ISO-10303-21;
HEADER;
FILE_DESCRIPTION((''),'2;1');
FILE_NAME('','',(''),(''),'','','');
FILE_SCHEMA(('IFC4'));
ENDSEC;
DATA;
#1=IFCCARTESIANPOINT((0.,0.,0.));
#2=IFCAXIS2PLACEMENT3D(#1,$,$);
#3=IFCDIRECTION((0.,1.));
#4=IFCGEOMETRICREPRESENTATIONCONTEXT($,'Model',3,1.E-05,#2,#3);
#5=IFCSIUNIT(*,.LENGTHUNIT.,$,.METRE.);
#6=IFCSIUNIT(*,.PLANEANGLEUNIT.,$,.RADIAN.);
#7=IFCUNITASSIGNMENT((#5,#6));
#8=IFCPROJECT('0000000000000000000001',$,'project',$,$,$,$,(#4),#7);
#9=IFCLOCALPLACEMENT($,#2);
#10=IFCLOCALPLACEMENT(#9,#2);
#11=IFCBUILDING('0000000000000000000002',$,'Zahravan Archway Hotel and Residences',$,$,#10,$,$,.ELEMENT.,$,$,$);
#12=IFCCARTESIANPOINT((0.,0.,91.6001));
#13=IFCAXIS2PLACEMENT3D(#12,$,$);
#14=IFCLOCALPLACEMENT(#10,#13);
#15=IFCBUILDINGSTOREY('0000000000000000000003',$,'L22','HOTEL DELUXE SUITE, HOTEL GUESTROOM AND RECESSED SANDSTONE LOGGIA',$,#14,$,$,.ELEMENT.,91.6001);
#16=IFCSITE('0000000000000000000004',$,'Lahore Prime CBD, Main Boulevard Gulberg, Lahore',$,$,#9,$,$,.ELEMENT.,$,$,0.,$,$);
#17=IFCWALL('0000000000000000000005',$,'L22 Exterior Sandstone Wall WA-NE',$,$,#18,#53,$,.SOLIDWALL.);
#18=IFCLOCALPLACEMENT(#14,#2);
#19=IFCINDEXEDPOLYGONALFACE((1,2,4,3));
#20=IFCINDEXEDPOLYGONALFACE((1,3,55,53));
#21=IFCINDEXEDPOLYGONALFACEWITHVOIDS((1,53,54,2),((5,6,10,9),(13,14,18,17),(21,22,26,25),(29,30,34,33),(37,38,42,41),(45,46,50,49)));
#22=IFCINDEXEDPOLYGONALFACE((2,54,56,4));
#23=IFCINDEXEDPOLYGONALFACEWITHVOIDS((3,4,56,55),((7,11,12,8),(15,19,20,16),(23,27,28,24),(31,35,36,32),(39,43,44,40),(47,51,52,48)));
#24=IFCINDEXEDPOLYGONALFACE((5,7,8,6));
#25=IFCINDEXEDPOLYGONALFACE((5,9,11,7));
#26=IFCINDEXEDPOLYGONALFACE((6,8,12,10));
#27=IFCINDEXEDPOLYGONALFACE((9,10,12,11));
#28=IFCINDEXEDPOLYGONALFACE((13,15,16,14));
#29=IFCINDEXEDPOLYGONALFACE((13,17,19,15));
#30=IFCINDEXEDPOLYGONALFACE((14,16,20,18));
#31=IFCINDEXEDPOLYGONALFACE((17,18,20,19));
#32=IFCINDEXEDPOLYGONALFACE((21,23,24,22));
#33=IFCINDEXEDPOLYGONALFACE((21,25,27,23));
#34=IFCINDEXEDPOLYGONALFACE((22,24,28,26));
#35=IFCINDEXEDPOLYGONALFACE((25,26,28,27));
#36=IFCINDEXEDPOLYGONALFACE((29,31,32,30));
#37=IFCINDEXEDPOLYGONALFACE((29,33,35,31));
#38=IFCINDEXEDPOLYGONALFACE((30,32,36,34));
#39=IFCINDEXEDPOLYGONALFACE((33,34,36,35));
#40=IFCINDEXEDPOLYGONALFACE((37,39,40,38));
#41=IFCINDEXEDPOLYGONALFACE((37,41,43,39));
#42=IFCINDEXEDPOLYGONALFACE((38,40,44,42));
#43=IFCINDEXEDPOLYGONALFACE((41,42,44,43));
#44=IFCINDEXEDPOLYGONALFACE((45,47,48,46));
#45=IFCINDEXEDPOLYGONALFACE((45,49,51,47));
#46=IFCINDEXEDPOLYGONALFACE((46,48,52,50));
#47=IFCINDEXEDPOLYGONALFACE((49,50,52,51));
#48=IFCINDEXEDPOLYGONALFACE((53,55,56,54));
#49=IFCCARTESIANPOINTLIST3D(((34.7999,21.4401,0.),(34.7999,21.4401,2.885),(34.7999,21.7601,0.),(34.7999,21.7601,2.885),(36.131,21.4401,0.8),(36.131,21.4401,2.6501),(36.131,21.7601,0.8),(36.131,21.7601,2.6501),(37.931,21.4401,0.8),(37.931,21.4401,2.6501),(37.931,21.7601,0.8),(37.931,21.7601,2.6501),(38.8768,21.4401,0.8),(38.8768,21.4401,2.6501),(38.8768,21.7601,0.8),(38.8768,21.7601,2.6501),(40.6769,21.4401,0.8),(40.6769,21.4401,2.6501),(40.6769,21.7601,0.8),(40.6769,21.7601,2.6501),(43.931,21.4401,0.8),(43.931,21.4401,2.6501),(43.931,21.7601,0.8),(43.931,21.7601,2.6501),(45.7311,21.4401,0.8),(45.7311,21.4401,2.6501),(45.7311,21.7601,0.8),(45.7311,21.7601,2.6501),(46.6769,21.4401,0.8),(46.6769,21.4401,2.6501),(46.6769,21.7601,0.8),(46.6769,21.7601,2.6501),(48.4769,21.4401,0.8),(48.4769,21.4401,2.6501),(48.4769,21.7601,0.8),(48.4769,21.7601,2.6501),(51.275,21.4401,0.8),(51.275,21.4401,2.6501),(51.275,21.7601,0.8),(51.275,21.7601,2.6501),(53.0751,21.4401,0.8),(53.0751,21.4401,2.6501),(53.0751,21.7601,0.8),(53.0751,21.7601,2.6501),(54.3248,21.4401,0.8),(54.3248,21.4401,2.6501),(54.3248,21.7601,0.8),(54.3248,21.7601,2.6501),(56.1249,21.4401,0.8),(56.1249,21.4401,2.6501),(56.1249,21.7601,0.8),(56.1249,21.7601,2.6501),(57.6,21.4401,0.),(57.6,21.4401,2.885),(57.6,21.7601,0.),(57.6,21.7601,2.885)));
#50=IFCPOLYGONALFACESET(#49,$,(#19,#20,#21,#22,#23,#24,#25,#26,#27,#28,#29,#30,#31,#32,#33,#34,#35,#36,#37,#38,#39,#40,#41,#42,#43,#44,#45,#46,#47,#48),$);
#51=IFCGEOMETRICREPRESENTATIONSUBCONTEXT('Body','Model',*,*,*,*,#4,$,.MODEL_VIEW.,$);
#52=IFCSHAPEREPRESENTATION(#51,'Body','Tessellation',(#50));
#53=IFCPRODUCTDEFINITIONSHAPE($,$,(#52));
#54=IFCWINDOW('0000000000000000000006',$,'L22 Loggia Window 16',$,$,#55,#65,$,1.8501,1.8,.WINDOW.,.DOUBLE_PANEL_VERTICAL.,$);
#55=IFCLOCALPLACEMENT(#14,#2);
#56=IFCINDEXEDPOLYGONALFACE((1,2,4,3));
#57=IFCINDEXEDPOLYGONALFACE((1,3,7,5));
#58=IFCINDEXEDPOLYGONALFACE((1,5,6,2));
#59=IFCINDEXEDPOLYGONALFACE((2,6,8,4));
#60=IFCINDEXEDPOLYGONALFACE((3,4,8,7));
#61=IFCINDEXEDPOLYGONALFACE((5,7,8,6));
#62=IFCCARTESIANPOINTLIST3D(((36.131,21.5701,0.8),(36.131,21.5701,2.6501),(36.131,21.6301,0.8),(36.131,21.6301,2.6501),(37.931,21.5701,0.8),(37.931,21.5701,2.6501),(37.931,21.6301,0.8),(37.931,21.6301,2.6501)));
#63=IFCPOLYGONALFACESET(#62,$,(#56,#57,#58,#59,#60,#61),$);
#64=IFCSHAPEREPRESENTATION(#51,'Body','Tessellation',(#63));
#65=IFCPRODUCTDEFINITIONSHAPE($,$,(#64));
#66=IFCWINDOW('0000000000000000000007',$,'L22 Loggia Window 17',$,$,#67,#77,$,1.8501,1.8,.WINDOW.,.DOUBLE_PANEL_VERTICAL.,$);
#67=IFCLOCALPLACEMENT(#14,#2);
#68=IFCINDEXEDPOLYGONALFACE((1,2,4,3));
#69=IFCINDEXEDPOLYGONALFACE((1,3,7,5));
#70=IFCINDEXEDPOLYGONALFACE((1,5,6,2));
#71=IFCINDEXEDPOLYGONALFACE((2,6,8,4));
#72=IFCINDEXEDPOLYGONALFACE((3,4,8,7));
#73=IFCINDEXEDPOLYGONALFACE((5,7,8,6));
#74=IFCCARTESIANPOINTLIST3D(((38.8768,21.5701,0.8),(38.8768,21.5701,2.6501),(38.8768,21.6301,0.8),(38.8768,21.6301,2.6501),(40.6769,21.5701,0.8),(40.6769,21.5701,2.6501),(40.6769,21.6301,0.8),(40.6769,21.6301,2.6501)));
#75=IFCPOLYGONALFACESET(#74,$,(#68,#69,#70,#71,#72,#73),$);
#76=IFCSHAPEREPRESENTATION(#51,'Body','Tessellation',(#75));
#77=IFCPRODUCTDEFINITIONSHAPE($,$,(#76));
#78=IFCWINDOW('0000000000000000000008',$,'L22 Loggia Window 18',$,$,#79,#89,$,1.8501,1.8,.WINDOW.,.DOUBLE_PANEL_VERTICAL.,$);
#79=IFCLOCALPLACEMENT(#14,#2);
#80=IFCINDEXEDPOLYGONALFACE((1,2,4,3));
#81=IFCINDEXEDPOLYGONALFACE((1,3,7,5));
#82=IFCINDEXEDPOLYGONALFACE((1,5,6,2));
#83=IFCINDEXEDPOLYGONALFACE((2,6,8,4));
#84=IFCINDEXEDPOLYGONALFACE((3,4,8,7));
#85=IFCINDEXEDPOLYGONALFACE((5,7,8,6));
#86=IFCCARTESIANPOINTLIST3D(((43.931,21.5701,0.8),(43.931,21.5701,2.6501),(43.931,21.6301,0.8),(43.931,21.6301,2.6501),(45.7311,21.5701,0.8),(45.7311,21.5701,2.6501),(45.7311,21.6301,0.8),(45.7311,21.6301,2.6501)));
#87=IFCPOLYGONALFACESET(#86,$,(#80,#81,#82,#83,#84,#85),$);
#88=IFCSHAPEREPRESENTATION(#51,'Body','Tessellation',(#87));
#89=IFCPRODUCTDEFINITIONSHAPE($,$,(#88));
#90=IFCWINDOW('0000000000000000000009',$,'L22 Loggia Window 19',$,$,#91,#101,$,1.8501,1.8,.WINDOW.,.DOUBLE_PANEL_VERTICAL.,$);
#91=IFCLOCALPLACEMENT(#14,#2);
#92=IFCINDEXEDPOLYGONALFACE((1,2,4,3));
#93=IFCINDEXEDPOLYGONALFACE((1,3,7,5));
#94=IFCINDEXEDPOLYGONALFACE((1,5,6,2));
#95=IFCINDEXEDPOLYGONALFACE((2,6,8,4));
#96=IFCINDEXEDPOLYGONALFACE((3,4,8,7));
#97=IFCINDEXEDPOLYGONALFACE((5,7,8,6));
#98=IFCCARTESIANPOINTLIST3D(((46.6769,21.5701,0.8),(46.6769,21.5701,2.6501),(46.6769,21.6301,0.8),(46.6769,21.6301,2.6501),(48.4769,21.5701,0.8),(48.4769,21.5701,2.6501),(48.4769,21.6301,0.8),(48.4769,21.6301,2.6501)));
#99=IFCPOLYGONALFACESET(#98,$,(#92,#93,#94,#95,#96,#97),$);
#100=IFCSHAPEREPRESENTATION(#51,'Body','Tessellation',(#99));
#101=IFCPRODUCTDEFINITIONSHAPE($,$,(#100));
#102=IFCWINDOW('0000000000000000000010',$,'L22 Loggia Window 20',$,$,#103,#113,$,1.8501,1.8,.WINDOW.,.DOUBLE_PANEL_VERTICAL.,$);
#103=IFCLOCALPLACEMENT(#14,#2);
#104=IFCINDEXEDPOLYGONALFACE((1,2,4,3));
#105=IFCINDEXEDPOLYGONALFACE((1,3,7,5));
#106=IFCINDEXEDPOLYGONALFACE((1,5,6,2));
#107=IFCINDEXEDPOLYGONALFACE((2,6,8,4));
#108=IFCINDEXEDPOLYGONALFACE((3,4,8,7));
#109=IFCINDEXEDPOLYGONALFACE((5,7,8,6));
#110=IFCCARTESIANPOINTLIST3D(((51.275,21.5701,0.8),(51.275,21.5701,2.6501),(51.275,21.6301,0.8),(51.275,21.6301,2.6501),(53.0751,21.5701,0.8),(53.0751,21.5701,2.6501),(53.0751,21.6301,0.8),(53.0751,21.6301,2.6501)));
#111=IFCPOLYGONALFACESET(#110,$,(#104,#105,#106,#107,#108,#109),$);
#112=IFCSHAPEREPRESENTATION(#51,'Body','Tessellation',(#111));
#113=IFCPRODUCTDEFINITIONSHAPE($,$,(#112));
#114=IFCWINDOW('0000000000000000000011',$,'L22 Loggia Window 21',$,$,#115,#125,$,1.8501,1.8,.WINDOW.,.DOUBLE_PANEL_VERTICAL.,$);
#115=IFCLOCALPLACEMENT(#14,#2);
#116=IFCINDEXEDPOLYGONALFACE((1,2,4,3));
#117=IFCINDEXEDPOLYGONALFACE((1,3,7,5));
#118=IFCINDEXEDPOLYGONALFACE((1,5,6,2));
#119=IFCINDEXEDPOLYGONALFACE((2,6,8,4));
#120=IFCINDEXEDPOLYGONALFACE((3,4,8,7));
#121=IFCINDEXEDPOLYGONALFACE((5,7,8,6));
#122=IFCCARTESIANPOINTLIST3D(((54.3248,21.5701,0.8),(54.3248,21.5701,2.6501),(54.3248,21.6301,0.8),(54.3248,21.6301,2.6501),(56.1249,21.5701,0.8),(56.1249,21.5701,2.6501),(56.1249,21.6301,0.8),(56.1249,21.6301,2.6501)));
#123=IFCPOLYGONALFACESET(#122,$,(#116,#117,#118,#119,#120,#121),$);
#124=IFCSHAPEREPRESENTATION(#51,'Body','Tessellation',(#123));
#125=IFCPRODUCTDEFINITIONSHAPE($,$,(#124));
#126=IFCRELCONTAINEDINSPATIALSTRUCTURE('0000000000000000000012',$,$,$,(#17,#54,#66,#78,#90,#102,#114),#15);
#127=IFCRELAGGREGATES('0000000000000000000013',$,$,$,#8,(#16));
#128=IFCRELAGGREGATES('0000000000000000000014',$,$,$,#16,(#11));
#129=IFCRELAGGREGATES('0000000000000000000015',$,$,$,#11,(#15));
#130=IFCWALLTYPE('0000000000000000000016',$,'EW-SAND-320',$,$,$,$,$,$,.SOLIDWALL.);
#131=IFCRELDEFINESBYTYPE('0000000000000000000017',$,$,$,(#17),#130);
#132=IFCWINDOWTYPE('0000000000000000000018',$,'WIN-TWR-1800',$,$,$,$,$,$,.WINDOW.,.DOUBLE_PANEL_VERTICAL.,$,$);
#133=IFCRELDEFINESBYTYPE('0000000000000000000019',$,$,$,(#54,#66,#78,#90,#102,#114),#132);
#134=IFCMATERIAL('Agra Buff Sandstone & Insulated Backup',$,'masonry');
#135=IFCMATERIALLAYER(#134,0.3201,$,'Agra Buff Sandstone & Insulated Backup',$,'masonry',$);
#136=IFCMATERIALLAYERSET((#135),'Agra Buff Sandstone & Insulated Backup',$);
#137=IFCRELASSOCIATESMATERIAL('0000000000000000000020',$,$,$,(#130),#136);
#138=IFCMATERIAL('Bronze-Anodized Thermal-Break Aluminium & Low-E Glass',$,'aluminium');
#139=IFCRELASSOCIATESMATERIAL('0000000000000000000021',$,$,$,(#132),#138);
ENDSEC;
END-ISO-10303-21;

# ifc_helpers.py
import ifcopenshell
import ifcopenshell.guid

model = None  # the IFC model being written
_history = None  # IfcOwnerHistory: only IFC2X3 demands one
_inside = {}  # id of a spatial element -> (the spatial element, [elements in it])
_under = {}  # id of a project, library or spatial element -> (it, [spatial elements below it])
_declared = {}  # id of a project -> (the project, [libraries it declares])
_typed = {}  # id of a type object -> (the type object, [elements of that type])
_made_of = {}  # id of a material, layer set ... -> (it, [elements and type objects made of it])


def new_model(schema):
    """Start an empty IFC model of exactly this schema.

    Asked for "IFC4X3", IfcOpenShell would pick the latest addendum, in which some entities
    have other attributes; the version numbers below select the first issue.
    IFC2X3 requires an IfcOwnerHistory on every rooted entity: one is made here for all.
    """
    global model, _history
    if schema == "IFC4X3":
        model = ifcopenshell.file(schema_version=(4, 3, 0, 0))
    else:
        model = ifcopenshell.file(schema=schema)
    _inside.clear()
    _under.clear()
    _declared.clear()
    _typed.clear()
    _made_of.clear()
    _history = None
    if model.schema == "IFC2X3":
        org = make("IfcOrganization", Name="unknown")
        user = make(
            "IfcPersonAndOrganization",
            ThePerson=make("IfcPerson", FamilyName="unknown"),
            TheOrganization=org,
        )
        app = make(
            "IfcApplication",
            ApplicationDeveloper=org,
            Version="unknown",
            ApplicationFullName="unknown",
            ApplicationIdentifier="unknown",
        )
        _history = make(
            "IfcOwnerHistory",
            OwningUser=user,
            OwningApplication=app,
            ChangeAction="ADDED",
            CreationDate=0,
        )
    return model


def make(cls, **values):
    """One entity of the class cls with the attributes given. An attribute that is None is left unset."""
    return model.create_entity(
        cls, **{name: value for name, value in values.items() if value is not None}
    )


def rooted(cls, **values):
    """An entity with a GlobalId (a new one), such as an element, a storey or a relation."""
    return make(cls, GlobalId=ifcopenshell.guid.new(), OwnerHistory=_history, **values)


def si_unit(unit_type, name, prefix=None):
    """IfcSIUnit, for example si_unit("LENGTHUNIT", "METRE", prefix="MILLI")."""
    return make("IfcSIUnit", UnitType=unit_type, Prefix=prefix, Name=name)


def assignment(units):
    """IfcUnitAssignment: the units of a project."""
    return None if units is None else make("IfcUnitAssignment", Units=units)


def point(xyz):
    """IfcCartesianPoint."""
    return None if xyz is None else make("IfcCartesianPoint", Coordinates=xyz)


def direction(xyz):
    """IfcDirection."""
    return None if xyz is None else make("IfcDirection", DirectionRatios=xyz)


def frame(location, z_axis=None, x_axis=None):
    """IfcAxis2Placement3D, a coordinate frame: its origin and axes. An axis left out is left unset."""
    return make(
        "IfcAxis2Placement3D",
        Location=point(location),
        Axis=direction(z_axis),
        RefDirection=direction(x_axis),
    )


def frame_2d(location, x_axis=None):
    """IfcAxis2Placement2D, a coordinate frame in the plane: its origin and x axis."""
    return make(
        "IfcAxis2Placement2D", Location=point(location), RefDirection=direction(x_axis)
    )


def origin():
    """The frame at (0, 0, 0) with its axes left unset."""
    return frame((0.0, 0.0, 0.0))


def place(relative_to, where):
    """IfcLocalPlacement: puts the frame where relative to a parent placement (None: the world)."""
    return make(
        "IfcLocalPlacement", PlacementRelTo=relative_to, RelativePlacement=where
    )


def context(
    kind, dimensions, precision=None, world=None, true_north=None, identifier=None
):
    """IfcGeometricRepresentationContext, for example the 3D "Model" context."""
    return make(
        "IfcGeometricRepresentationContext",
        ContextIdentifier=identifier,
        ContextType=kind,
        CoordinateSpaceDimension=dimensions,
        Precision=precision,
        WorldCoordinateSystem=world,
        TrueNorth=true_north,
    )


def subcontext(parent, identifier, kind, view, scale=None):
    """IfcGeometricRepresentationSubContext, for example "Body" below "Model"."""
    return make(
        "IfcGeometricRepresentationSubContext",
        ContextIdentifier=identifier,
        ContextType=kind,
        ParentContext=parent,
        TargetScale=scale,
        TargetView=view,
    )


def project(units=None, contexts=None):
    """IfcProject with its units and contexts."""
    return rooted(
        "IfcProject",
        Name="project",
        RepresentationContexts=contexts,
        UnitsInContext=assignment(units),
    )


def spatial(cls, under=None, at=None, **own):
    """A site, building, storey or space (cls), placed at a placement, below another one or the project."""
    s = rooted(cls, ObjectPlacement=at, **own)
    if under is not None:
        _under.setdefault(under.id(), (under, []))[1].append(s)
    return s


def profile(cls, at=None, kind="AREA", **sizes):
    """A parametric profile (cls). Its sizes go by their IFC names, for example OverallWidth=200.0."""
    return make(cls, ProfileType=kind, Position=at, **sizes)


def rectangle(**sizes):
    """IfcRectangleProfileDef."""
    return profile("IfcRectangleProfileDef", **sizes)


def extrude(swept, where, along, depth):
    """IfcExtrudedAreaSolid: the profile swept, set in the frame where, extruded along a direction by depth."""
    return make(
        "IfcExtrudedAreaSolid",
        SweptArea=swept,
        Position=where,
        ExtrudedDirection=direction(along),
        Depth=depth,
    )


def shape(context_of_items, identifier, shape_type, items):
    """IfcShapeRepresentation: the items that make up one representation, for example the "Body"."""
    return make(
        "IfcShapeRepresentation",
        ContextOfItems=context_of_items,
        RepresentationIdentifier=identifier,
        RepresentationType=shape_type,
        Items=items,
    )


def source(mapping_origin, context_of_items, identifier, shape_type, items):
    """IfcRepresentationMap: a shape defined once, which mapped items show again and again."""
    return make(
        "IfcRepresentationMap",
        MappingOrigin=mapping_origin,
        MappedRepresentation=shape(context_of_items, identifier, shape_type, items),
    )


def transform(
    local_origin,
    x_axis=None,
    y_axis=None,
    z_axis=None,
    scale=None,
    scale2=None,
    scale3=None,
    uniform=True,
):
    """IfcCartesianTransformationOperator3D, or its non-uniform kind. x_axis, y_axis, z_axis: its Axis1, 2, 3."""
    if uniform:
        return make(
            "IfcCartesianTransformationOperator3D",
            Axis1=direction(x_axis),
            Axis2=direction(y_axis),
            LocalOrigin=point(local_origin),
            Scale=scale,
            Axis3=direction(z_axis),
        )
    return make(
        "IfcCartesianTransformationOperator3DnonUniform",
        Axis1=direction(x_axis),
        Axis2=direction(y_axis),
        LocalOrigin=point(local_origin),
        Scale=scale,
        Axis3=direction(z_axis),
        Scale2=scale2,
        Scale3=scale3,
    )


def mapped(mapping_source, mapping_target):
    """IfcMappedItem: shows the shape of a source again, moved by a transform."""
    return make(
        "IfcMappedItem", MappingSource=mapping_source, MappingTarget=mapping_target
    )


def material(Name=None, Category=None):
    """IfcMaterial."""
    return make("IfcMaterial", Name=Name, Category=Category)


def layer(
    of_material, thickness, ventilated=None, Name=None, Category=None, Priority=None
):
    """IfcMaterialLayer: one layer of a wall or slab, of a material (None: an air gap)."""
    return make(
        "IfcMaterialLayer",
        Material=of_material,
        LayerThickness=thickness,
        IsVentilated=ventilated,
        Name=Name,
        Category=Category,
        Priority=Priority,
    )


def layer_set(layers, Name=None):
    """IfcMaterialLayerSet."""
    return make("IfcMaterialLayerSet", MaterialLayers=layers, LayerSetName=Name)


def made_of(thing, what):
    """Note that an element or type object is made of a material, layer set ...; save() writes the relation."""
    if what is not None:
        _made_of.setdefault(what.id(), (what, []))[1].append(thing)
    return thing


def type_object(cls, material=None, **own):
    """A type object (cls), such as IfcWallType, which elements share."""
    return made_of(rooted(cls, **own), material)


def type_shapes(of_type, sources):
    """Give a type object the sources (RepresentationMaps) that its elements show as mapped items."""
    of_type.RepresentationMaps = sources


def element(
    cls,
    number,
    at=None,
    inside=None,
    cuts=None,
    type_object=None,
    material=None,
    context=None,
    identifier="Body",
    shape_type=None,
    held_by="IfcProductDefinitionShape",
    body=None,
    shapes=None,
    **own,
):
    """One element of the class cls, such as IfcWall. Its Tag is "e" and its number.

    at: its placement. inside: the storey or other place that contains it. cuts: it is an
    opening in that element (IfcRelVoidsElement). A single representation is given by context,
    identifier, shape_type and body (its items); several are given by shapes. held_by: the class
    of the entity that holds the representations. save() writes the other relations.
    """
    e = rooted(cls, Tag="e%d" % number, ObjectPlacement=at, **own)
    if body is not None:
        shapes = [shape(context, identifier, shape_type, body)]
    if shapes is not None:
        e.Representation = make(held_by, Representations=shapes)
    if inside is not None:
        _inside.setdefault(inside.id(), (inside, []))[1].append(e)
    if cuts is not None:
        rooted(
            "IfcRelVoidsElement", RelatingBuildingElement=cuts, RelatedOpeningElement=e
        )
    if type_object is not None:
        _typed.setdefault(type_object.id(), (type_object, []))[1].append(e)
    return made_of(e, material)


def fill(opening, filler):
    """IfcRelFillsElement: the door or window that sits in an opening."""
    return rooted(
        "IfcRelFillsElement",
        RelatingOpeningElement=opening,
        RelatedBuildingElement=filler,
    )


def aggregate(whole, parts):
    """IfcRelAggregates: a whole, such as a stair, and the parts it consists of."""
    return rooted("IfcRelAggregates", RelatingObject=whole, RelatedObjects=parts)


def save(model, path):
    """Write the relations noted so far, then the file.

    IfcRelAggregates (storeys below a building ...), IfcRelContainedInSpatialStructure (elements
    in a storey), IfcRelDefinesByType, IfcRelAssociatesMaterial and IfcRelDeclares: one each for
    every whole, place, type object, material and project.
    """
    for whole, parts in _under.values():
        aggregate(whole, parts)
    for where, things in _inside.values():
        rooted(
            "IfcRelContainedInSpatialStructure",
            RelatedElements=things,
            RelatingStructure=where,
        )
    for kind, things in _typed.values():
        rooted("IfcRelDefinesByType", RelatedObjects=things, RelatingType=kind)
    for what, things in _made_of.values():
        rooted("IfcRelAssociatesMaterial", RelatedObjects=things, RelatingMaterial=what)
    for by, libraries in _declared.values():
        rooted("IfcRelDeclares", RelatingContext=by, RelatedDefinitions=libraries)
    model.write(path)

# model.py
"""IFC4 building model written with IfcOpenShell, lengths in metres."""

from ifc_helpers import new_model, si_unit, direction, frame, frame_2d, origin, place, context, subcontext, project, spatial, rectangle, extrude, source, transform, mapped, material, layer, layer_set, type_object, type_shapes, element, fill, save


model = new_model("IFC4")

# Units and contexts
model_context = context("Model", 3, precision=1e-05, world=origin(), true_north=direction((0.0, 1.0)))
body_context = subcontext(model_context, "Body", "Model", "MODEL_VIEW")
ifc_project = project(units=[si_unit("LENGTHUNIT", "METRE"), si_unit("PLANEANGLEUNIT", "RADIAN")], contexts=[model_context])

# Site, building, storey
site_placement = place(None, origin())
site = spatial("IfcSite", under=ifc_project, at=site_placement, Name="Lahore Prime CBD, Main Boulevard Gulberg, Lahore", CompositionType="ELEMENT", RefElevation=0.0)
building_placement = place(site_placement, origin())
building = spatial("IfcBuilding", under=site, at=building_placement, Name="Zahravan Archway Hotel and Residences", CompositionType="ELEMENT")
storey_placement = place(building_placement, frame((0.0, 0.0, 91.6001)))
storey = spatial("IfcBuildingStorey", under=building, at=storey_placement, Name="L22", Description="HOTEL DELUXE SUITE, HOTEL GUESTROOM AND RECESSED SANDSTONE LOGGIA", CompositionType="ELEMENT", Elevation=91.6001)

# Wall, openings, windows
ifc_material_1 = material(Name="Agra Buff Sandstone & Insulated Backup", Category="masonry")
ifc_layer_1 = layer(ifc_material_1, 0.3201, Name="Agra Buff Sandstone & Insulated Backup", Category="masonry")
ifc_layer_set_1 = layer_set([ifc_layer_1], Name="Agra Buff Sandstone & Insulated Backup")
wall_type = type_object("IfcWallType", Name="EW-SAND-320", PredefinedType="SOLIDWALL", material=ifc_layer_set_1)
wall_placement = place(storey_placement, frame((34.8, 21.6001, 0.0), z_axis=(0.0, 0.0, 1.0), x_axis=(1.0, 0.0, 0.0)))
wall = element("IfcWall", 1, at=wall_placement, inside=storey, type_object=wall_type, Name="L22 Exterior Sandstone Wall WA-NE", PredefinedType="SOLIDWALL", context=body_context, shape_type="SweptSolid", body=[
    extrude(rectangle(XDim=22.8, YDim=0.3201, at=frame_2d((11.3999, 0.0))), origin(), (0.0, 0.0, 1.0), 2.885),
])
opening_1_placement = place(wall_placement, frame((1.3311, 0.0, 0.8)))
opening_1 = element("IfcOpeningElement", 2, at=opening_1_placement, cuts=wall, PredefinedType="OPENING", context=body_context, shape_type="SweptSolid", body=[
    extrude(rectangle(XDim=1.8, YDim=1.8501, at=frame_2d((0.8999, 0.925))), frame((0.0, 0.1699, 0.0), z_axis=(0.0, -1.0, 0.0), x_axis=(1.0, 0.0, 0.0)), (0.0, 0.0, 1.0), 0.3401),
])
opening_2_placement = place(wall_placement, frame((4.0769, 0.0, 0.8)))
opening_2 = element("IfcOpeningElement", 3, at=opening_2_placement, cuts=wall, PredefinedType="OPENING", context=body_context, shape_type="SweptSolid", body=[
    extrude(rectangle(XDim=1.8, YDim=1.8501, at=frame_2d((0.8999, 0.925))), frame((0.0, 0.1699, 0.0), z_axis=(0.0, -1.0, 0.0), x_axis=(1.0, 0.0, 0.0)), (0.0, 0.0, 1.0), 0.3401),
])
opening_3_placement = place(wall_placement, frame((9.1311, 0.0, 0.8)))
opening_3 = element("IfcOpeningElement", 4, at=opening_3_placement, cuts=wall, PredefinedType="OPENING", context=body_context, shape_type="SweptSolid", body=[
    extrude(rectangle(XDim=1.8, YDim=1.8501, at=frame_2d((0.8999, 0.925))), frame((0.0, 0.1699, 0.0), z_axis=(0.0, -1.0, 0.0), x_axis=(1.0, 0.0, 0.0)), (0.0, 0.0, 1.0), 0.3401),
])
opening_4_placement = place(wall_placement, frame((11.877, 0.0, 0.8)))
opening_4 = element("IfcOpeningElement", 5, at=opening_4_placement, cuts=wall, PredefinedType="OPENING", context=body_context, shape_type="SweptSolid", body=[
    extrude(rectangle(XDim=1.8, YDim=1.8501, at=frame_2d((0.8999, 0.925))), frame((0.0, 0.1699, 0.0), z_axis=(0.0, -1.0, 0.0), x_axis=(1.0, 0.0, 0.0)), (0.0, 0.0, 1.0), 0.3401),
])
opening_5_placement = place(wall_placement, frame((16.4751, 0.0, 0.8)))
opening_5 = element("IfcOpeningElement", 6, at=opening_5_placement, cuts=wall, PredefinedType="OPENING", context=body_context, shape_type="SweptSolid", body=[
    extrude(rectangle(XDim=1.8, YDim=1.8501, at=frame_2d((0.8999, 0.925))), frame((0.0, 0.1699, 0.0), z_axis=(0.0, -1.0, 0.0), x_axis=(1.0, 0.0, 0.0)), (0.0, 0.0, 1.0), 0.3401),
])
opening_6_placement = place(wall_placement, frame((19.5249, 0.0, 0.8)))
opening_6 = element("IfcOpeningElement", 7, at=opening_6_placement, cuts=wall, PredefinedType="OPENING", context=body_context, shape_type="SweptSolid", body=[
    extrude(rectangle(XDim=1.8, YDim=1.8501, at=frame_2d((0.8999, 0.925))), frame((0.0, 0.1699, 0.0), z_axis=(0.0, -1.0, 0.0), x_axis=(1.0, 0.0, 0.0)), (0.0, 0.0, 1.0), 0.3401),
])
ifc_material_2 = material(Name="Bronze-Anodized Thermal-Break Aluminium & Low-E Glass", Category="aluminium")
window_type = type_object("IfcWindowType", Name="WIN-TWR-1800", PartitioningType="DOUBLE_PANEL_VERTICAL", PredefinedType="WINDOW", material=ifc_material_2)
shared_shape_1 = source(origin(), body_context, "Body", "SweptSolid", [
    extrude(rectangle(XDim=1.8, YDim=1.8501, at=frame_2d((0.8999, 0.925))), frame((0.0, 0.03, 0.0), z_axis=(0.0, -1.0, 0.0), x_axis=(1.0, 0.0, 0.0)), (0.0, 0.0, 1.0), 0.0601),
])
type_shapes(window_type, [shared_shape_1])
window_1_placement = place(opening_1_placement, origin())
window_1 = element("IfcWindow", 8, at=window_1_placement, inside=storey, type_object=window_type, Name="L22 Loggia Window 16", OverallHeight=1.8501, OverallWidth=1.8, PartitioningType="DOUBLE_PANEL_VERTICAL", PredefinedType="WINDOW", context=body_context, shape_type="MappedRepresentation", body=[
    mapped(shared_shape_1, transform((0.0, 0.0, 0.0), scale=1.0)),
])
fill(opening_1, window_1)
window_2_placement = place(opening_2_placement, origin())
window_2 = element("IfcWindow", 9, at=window_2_placement, inside=storey, type_object=window_type, Name="L22 Loggia Window 17", OverallHeight=1.8501, OverallWidth=1.8, PartitioningType="DOUBLE_PANEL_VERTICAL", PredefinedType="WINDOW", context=body_context, shape_type="MappedRepresentation", body=[
    mapped(shared_shape_1, transform((0.0, 0.0, 0.0), scale=1.0)),
])
fill(opening_2, window_2)
window_3_placement = place(opening_3_placement, origin())
window_3 = element("IfcWindow", 10, at=window_3_placement, inside=storey, type_object=window_type, Name="L22 Loggia Window 18", OverallHeight=1.8501, OverallWidth=1.8, PartitioningType="DOUBLE_PANEL_VERTICAL", PredefinedType="WINDOW", context=body_context, shape_type="MappedRepresentation", body=[
    mapped(shared_shape_1, transform((0.0, 0.0, 0.0), scale=1.0)),
])
fill(opening_3, window_3)
window_4_placement = place(opening_4_placement, origin())
window_4 = element("IfcWindow", 11, at=window_4_placement, inside=storey, type_object=window_type, Name="L22 Loggia Window 19", OverallHeight=1.8501, OverallWidth=1.8, PartitioningType="DOUBLE_PANEL_VERTICAL", PredefinedType="WINDOW", context=body_context, shape_type="MappedRepresentation", body=[
    mapped(shared_shape_1, transform((0.0, 0.0, 0.0), scale=1.0)),
])
fill(opening_4, window_4)
window_5_placement = place(opening_5_placement, origin())
window_5 = element("IfcWindow", 12, at=window_5_placement, inside=storey, type_object=window_type, Name="L22 Loggia Window 20", OverallHeight=1.8501, OverallWidth=1.8, PartitioningType="DOUBLE_PANEL_VERTICAL", PredefinedType="WINDOW", context=body_context, shape_type="MappedRepresentation", body=[
    mapped(shared_shape_1, transform((0.0, 0.0, 0.0), scale=1.0)),
])
fill(opening_5, window_5)
window_6_placement = place(opening_6_placement, origin())
window_6 = element("IfcWindow", 13, at=window_6_placement, inside=storey, type_object=window_type, Name="L22 Loggia Window 21", OverallHeight=1.8501, OverallWidth=1.8, PartitioningType="DOUBLE_PANEL_VERTICAL", PredefinedType="WINDOW", context=body_context, shape_type="MappedRepresentation", body=[
    mapped(shared_shape_1, transform((0.0, 0.0, 0.0), scale=1.0)),
])
fill(opening_6, window_6)

save(model, "model.ifc")
